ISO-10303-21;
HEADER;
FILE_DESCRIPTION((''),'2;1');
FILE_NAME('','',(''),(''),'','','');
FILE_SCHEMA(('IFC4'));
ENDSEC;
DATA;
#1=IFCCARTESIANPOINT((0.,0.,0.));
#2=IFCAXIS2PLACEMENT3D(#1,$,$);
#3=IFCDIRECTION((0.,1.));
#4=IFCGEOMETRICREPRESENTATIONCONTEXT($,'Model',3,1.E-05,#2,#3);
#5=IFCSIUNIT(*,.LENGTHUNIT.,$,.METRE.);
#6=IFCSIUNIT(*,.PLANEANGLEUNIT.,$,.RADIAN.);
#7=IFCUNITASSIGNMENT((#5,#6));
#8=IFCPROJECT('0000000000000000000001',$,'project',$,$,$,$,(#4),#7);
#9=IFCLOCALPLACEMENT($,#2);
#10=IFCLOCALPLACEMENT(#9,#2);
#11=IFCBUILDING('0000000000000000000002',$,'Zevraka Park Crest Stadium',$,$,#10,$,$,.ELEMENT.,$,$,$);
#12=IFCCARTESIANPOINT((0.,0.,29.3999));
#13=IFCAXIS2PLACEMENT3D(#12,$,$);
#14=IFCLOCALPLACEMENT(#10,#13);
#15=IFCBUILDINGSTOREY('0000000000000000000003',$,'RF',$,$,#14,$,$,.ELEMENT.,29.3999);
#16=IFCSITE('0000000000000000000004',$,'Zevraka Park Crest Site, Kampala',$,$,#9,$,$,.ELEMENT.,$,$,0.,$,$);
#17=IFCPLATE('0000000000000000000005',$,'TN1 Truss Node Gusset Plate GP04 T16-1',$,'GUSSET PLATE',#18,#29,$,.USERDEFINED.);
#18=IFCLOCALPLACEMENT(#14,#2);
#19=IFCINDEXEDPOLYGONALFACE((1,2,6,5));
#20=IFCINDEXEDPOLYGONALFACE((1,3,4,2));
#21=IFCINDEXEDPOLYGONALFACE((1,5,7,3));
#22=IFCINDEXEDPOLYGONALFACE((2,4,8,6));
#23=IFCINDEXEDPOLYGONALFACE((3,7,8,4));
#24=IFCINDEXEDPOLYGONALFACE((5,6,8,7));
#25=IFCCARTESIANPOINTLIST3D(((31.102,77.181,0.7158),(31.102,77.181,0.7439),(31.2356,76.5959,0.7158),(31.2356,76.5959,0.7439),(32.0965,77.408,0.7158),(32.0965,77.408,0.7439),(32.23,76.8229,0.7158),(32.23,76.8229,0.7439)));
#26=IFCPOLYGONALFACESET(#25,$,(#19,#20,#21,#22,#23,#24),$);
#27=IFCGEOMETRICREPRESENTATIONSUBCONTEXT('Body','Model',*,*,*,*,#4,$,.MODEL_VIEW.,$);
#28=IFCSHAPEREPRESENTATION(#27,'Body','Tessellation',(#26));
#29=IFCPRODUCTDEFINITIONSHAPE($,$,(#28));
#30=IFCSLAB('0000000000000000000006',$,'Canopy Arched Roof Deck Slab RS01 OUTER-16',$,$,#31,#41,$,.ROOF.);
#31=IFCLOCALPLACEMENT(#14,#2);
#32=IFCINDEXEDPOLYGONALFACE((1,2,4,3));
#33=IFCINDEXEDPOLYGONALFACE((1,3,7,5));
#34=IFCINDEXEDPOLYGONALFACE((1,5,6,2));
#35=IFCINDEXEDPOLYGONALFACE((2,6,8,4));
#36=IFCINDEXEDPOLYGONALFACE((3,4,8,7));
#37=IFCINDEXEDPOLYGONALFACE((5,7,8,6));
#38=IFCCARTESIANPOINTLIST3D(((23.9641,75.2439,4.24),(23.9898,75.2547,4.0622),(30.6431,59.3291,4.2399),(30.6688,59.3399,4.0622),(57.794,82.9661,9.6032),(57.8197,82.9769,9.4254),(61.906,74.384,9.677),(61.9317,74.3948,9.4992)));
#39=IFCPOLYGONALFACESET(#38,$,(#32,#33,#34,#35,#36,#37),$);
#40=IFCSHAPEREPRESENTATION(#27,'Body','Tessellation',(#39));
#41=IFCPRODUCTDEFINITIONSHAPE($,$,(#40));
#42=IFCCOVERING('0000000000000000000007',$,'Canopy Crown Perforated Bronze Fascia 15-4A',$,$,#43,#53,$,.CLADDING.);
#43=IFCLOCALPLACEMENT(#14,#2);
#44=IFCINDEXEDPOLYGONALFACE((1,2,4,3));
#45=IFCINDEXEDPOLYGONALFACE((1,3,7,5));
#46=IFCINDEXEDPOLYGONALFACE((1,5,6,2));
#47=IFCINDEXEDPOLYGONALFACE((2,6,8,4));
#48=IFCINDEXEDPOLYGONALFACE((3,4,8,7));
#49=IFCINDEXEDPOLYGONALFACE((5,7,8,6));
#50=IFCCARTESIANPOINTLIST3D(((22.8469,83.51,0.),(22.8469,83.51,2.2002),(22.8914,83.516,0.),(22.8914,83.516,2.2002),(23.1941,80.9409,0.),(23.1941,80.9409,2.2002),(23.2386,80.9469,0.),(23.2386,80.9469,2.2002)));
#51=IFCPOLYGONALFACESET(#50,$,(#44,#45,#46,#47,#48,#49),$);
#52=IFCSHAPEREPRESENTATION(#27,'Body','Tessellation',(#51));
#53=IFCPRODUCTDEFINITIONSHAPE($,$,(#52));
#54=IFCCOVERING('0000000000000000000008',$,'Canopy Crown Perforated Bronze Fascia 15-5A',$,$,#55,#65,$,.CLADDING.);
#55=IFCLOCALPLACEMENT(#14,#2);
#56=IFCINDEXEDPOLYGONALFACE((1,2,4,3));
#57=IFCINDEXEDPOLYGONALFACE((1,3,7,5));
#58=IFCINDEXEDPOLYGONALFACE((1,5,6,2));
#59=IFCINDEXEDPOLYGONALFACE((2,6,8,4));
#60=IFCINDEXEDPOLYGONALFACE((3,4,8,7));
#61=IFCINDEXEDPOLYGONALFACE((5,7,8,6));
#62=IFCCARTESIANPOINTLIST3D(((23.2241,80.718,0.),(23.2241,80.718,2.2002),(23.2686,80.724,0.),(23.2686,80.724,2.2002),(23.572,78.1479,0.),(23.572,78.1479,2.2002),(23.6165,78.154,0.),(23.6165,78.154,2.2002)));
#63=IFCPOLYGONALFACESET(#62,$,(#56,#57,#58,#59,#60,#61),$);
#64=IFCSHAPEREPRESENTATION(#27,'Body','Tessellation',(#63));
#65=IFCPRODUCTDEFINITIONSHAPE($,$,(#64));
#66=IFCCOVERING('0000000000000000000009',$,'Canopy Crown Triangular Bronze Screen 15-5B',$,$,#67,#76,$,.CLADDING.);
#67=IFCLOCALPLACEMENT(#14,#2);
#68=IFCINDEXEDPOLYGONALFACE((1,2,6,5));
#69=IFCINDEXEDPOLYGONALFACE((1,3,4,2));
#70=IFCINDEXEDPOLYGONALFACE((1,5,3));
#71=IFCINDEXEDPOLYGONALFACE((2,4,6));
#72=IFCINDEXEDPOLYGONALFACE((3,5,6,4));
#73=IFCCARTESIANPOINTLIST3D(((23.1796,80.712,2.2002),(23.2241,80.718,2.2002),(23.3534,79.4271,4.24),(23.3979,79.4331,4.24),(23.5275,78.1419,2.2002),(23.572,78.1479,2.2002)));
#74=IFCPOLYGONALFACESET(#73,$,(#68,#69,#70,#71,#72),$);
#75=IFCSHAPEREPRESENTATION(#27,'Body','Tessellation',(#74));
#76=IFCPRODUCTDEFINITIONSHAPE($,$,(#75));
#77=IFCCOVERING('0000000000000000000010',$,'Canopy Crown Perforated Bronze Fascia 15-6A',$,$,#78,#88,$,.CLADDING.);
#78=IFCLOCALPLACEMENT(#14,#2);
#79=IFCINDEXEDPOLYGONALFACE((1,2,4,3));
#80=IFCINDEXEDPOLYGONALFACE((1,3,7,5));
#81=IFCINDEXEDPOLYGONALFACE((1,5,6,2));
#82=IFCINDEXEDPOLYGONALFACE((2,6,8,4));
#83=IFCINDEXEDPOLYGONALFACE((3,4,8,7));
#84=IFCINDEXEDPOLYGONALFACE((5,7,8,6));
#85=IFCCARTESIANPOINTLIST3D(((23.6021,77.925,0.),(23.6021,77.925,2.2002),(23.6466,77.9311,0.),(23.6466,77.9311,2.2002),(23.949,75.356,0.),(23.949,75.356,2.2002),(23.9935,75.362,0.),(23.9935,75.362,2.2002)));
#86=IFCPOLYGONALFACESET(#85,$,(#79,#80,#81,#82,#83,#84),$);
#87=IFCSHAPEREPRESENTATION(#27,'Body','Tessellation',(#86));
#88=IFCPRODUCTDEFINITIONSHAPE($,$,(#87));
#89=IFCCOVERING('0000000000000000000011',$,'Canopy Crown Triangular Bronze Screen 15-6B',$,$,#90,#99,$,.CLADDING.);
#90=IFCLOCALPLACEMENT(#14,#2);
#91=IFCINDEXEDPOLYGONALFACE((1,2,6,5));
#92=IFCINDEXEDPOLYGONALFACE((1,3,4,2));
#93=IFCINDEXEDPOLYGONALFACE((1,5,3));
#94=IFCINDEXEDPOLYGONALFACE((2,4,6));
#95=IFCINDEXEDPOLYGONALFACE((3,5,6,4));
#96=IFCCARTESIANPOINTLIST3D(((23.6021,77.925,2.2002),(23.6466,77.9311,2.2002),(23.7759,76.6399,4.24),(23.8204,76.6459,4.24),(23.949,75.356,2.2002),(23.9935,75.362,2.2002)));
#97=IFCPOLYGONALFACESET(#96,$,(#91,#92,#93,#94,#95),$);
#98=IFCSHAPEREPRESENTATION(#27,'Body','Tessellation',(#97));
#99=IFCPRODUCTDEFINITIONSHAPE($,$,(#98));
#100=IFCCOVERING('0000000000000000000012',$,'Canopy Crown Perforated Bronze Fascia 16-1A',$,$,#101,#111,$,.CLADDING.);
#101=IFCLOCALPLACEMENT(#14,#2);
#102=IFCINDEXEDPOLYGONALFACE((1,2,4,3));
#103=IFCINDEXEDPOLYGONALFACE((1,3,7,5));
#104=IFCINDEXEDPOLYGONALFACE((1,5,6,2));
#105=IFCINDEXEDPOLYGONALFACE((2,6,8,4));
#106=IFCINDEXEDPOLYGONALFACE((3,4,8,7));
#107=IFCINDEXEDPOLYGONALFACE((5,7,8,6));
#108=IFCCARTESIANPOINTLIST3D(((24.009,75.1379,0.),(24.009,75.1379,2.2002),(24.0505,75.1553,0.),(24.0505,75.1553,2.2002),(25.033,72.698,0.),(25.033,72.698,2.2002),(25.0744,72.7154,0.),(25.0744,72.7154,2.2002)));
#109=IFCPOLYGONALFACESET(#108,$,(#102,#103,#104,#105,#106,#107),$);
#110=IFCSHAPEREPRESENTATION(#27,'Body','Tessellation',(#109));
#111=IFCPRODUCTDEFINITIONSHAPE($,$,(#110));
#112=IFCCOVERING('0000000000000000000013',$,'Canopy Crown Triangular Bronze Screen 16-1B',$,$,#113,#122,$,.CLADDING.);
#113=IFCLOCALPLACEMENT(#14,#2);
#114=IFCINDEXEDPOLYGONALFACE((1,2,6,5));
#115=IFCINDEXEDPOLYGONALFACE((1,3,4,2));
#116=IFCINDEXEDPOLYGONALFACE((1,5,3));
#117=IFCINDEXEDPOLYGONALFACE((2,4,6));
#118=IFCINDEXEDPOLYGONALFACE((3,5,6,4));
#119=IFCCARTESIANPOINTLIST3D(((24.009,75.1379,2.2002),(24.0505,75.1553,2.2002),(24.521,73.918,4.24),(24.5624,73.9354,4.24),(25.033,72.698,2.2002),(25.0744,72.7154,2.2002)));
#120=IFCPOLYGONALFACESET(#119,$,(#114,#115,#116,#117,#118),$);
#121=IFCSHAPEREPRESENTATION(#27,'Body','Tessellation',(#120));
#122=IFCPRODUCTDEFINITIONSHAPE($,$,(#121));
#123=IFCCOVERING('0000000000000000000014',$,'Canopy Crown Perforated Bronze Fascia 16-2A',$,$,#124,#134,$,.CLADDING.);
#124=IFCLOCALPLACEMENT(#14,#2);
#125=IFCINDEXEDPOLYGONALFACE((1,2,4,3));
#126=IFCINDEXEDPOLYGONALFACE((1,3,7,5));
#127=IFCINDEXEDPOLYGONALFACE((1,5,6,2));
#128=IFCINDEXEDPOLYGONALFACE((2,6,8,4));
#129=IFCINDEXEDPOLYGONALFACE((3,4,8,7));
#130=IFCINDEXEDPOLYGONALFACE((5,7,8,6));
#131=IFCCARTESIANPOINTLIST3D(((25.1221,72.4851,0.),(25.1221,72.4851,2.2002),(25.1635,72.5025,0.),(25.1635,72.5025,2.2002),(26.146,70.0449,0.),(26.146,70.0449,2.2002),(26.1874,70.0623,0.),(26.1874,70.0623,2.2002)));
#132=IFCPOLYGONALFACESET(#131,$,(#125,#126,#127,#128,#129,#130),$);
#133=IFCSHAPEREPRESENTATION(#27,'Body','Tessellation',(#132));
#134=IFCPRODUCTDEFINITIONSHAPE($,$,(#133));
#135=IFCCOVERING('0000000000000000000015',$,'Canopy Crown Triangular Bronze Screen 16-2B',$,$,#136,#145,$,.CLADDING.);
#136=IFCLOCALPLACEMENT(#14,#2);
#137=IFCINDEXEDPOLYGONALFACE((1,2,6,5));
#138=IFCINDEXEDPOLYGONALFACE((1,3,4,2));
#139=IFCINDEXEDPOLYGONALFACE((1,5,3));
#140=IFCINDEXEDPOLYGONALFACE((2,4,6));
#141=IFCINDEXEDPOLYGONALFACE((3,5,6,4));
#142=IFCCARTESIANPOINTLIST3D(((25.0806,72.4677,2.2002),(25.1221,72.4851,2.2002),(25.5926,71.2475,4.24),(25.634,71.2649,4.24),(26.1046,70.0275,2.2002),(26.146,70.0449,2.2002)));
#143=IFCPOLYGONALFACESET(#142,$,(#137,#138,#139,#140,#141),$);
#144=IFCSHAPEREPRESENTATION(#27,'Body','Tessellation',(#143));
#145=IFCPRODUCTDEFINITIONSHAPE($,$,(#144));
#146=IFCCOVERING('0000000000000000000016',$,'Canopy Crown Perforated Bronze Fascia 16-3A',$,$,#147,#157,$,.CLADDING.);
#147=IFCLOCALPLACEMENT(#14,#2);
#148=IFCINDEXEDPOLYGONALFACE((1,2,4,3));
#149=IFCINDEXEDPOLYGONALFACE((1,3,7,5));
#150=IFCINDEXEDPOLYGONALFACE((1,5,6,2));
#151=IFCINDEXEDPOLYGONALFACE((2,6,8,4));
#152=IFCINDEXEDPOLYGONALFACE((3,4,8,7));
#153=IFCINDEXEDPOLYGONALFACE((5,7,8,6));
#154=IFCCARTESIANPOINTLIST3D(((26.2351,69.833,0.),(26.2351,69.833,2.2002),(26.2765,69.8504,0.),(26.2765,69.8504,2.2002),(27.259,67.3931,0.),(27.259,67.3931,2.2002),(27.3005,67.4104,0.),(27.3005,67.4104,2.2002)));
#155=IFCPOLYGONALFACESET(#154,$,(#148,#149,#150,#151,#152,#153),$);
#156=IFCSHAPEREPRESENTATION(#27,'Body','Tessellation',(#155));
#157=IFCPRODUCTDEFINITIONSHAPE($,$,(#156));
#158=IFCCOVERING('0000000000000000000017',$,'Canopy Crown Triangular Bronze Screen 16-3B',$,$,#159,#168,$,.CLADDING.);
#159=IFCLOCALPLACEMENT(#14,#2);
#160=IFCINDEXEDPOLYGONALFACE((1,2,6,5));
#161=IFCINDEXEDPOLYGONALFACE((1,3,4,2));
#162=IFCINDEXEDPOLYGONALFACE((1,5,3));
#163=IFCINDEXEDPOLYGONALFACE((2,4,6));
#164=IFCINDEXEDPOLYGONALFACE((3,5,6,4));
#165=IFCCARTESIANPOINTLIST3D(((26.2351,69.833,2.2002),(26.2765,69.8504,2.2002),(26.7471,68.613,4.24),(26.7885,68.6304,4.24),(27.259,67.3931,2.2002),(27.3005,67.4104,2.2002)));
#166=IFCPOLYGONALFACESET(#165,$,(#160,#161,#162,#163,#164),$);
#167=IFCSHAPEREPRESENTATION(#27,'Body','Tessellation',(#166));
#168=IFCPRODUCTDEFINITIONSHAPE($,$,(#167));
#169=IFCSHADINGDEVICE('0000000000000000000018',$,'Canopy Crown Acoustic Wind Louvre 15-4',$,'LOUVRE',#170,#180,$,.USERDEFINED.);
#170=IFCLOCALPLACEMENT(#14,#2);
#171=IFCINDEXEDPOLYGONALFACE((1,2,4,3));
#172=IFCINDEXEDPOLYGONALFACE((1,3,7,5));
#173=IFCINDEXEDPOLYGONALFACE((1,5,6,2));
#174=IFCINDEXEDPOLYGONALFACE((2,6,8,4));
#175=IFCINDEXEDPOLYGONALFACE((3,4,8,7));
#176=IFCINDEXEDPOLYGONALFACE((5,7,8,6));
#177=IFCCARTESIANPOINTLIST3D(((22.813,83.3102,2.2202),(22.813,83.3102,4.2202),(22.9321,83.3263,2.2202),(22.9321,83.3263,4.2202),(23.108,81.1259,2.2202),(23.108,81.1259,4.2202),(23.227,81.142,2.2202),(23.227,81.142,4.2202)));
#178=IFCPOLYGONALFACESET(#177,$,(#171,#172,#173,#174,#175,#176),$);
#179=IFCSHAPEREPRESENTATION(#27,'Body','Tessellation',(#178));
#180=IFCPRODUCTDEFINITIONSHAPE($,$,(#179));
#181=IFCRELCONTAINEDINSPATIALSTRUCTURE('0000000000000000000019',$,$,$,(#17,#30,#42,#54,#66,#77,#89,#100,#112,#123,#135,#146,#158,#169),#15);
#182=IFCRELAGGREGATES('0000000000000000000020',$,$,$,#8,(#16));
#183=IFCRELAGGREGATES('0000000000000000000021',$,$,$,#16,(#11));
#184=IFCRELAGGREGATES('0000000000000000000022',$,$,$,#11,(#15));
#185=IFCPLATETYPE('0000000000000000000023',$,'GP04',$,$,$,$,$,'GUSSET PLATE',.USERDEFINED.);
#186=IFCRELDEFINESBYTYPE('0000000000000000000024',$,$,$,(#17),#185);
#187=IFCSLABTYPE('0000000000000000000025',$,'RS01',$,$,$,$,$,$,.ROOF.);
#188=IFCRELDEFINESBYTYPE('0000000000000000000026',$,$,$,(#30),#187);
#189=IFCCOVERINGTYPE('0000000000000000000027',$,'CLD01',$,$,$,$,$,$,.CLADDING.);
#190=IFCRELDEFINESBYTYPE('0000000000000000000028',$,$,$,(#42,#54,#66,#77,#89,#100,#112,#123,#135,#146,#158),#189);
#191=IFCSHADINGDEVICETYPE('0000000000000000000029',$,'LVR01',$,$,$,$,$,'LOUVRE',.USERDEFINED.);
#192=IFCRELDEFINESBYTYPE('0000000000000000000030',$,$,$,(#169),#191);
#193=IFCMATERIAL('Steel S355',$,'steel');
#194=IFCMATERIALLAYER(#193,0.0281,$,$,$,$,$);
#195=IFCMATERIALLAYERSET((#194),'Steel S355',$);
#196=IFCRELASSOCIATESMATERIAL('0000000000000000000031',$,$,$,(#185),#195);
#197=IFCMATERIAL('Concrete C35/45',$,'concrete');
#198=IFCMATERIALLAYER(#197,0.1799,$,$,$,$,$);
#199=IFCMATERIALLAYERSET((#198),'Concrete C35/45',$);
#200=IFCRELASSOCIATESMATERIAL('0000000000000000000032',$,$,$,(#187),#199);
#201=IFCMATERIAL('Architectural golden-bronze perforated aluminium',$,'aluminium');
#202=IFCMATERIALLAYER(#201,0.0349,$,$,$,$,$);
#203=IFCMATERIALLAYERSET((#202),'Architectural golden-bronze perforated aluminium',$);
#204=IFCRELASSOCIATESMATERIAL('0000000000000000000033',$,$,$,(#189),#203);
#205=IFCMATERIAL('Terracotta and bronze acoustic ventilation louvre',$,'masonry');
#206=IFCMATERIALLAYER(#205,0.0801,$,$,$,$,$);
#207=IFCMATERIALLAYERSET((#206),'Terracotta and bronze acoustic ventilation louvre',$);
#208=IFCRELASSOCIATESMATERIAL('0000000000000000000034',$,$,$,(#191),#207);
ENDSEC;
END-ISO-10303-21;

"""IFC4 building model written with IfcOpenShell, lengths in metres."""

from ifc_helpers import new_model, si_unit, direction, frame, origin, origin_2d, place, context, subcontext, project, spatial, polyline, rectangle, outline, extrude, material, layer, layer_set, type_object, element, save


model = new_model("IFC4")

# Units and contexts
model_context = context("Model", 3, precision=1e-05, world=origin(), true_north=direction((0.0, 1.0)))
body_context = subcontext(model_context, "Body", "Model", "MODEL_VIEW")
ifc_project = project(units=[si_unit("LENGTHUNIT", "METRE"), si_unit("PLANEANGLEUNIT", "RADIAN")], contexts=[model_context])

# Site, building, storey
site_placement = place(None, origin())
site = spatial("IfcSite", under=ifc_project, at=site_placement, Name="Zevraka Park Crest Site, Kampala", CompositionType="ELEMENT", RefElevation=0.0)
building_placement = place(site_placement, origin())
building = spatial("IfcBuilding", under=site, at=building_placement, Name="Zevraka Park Crest Stadium", CompositionType="ELEMENT")
storey_placement = place(building_placement, frame((0.0, 0.0, 29.3999)))
storey = spatial("IfcBuildingStorey", under=building, at=storey_placement, Name="RF", CompositionType="ELEMENT", Elevation=29.3999)

# Plate
ifc_material_1 = material(Name="Steel S355", Category="steel")
ifc_layer_1 = layer(ifc_material_1, 0.0281)
ifc_layer_set_1 = layer_set([ifc_layer_1], Name="Steel S355")
plate_type_1 = type_object("IfcPlateType", Name="GP04", ElementType="GUSSET PLATE", PredefinedType="USERDEFINED", material=ifc_layer_set_1)
plate_1_placement = place(storey_placement, frame((31.666, 77.002, 0.7158), z_axis=(0.0, 0.0, 1.0), x_axis=(0.974917, 0.22257, 0.0)))
element("IfcPlate", 1, at=plate_1_placement, inside=storey, type_object=plate_type_1, Name="TN1 Truss Node Gusset Plate GP04 T16-1", ObjectType="GUSSET PLATE", PredefinedType="USERDEFINED", context=body_context, shape_type="SweptSolid", body=[
    extrude(rectangle(XDim=1.02, YDim=0.6001, at=origin_2d()), origin(), (0.0, 0.0, 1.0), 0.0281),
])

# Slab
ifc_material_2 = material(Name="Concrete C35/45", Category="concrete")
ifc_layer_2 = layer(ifc_material_2, 0.1799)
ifc_layer_set_2 = layer_set([ifc_layer_2], Name="Concrete C35/45")
slab_type = type_object("IfcSlabType", Name="RS01", PredefinedType="ROOF", material=ifc_layer_set_2)
slab_placement = place(storey_placement, frame((23.9641, 75.2439, 4.24), z_axis=(-0.142926, -0.059986, 0.987914), x_axis=(0.386974, -0.922091, -0.000004)))
element("IfcSlab", 2, at=slab_placement, inside=storey, type_object=slab_type, Name="Canopy Arched Roof Deck Slab RS01 OUTER-16", PredefinedType="ROOF", context=body_context, shape_type="SweptSolid", body=[
    extrude(outline(polyline([(0.0, 0.0), (17.2595, 0.0), (15.4754, 35.0771), (5.9707, 34.6007), (0.0, 0.0)])), origin(), (0.0, 0.0, -1.0), 0.1799),
])

# Coverings
ifc_material_3 = material(Name="Architectural golden-bronze perforated aluminium", Category="aluminium")
ifc_layer_3 = layer(ifc_material_3, 0.0349)
ifc_layer_set_3 = layer_set([ifc_layer_3], Name="Architectural golden-bronze perforated aluminium")
covering_type_1 = type_object("IfcCoveringType", Name="CLD01", PredefinedType="CLADDING", material=ifc_layer_set_3)
covering_1_placement = place(storey_placement, frame((22.8469, 83.51, 0.0), z_axis=(-0.990993, -0.133915, 0.0), x_axis=(0.133915, -0.990993, 0.0)))
element("IfcCovering", 3, at=covering_1_placement, inside=storey, type_object=covering_type_1, Name="Canopy Crown Perforated Bronze Fascia 15-4A", PredefinedType="CLADDING", context=body_context, shape_type="SweptSolid", body=[
    extrude(outline(polyline([(0.0, 0.0), (2.5924, 0.0), (2.5924, 2.2002), (0.0, 2.2002), (0.0, 0.0)])), origin(), (0.0, 0.0, -1.0), 0.0449),
])
covering_2_placement = place(storey_placement, frame((23.2241, 80.718, 0.0), z_axis=(-0.990962, -0.134143, 0.0), x_axis=(0.134143, -0.990962, 0.0)))
element("IfcCovering", 4, at=covering_2_placement, inside=storey, type_object=covering_type_1, Name="Canopy Crown Perforated Bronze Fascia 15-5A", PredefinedType="CLADDING", context=body_context, shape_type="SweptSolid", body=[
    extrude(outline(polyline([(0.0, 0.0), (2.5935, 0.0), (2.5935, 2.2002), (0.0, 2.2002), (0.0, 0.0)])), origin(), (0.0, 0.0, -1.0), 0.0449),
])
covering_3_placement = place(storey_placement, frame((23.2241, 80.718, 2.2002), z_axis=(0.990962, 0.134143, 0.000051), x_axis=(0.134143, -0.990962, 0.0)))
element("IfcCovering", 5, at=covering_3_placement, inside=storey, type_object=covering_type_1, Name="Canopy Crown Triangular Bronze Screen 15-5B", PredefinedType="CLADDING", context=body_context, shape_type="SweptSolid", body=[
    extrude(outline(polyline([(0.0, 0.0), (2.5935, 0.0), (1.2966, -2.0398), (0.0, 0.0)])), origin(), (0.0, 0.0, -1.0), 0.0449),
])
covering_4_placement = place(storey_placement, frame((23.6021, 77.925, 0.0), z_axis=(-0.991005, -0.133823, 0.0), x_axis=(0.133823, -0.991005, 0.0)))
element("IfcCovering", 6, at=covering_4_placement, inside=storey, type_object=covering_type_1, Name="Canopy Crown Perforated Bronze Fascia 15-6A", PredefinedType="CLADDING", context=body_context, shape_type="SweptSolid", body=[
    extrude(outline(polyline([(0.0, 0.0), (2.5924, 0.0), (2.5924, 2.2002), (0.0, 2.2002), (0.0, 0.0)])), origin(), (0.0, 0.0, -1.0), 0.0449),
])
covering_5_placement = place(storey_placement, frame((23.6021, 77.925, 2.2002), z_axis=(-0.991005, -0.133823, 0.000138), x_axis=(0.133823, -0.991005, 0.0)))
element("IfcCovering", 7, at=covering_5_placement, inside=storey, type_object=covering_type_1, Name="Canopy Crown Triangular Bronze Screen 15-6B", PredefinedType="CLADDING", context=body_context, shape_type="SweptSolid", body=[
    extrude(outline(polyline([(0.0, 0.0), (2.5924, 0.0), (1.2969, 2.0398), (0.0, 0.0)])), origin(), (0.0, 0.0, -1.0), 0.0449),
])
covering_6_placement = place(storey_placement, frame((24.009, 75.1379, 0.0), z_axis=(-0.922097, -0.38696, 0.0), x_axis=(0.38696, -0.922097, 0.0)))
element("IfcCovering", 8, at=covering_6_placement, inside=storey, type_object=covering_type_1, Name="Canopy Crown Perforated Bronze Fascia 16-1A", PredefinedType="CLADDING", context=body_context, shape_type="SweptSolid", body=[
    extrude(outline(polyline([(0.0, 0.0), (2.6461, 0.0), (2.6461, 2.2002), (0.0, 2.2002), (0.0, 0.0)])), origin(), (0.0, 0.0, -1.0), 0.0449),
])
covering_7_placement = place(storey_placement, frame((24.009, 75.1379, 2.2002), z_axis=(-0.922097, -0.38696, 0.0), x_axis=(0.38696, -0.922097, 0.0)))
element("IfcCovering", 9, at=covering_7_placement, inside=storey, type_object=covering_type_1, Name="Canopy Crown Triangular Bronze Screen 16-1B", PredefinedType="CLADDING", context=body_context, shape_type="SweptSolid", body=[
    extrude(outline(polyline([(0.0, 0.0), (2.6461, 0.0), (1.323, 2.0398), (0.0, 0.0)])), origin(), (0.0, 0.0, -1.0), 0.0449),
])
covering_8_placement = place(storey_placement, frame((25.1221, 72.4851, 0.0), z_axis=(-0.922111, -0.386927, 0.0), x_axis=(0.386927, -0.922111, 0.0)))
element("IfcCovering", 10, at=covering_8_placement, inside=storey, type_object=covering_type_1, Name="Canopy Crown Perforated Bronze Fascia 16-2A", PredefinedType="CLADDING", context=body_context, shape_type="SweptSolid", body=[
    extrude(outline(polyline([(0.0, 0.0), (2.6463, 0.0), (2.6463, 2.2002), (0.0, 2.2002), (0.0, 0.0)])), origin(), (0.0, 0.0, -1.0), 0.0449),
])
covering_9_placement = place(storey_placement, frame((25.1221, 72.4851, 2.2002), z_axis=(0.922111, 0.386927, 0.000023), x_axis=(0.386927, -0.922111, 0.0)))
element("IfcCovering", 11, at=covering_9_placement, inside=storey, type_object=covering_type_1, Name="Canopy Crown Triangular Bronze Screen 16-2B", PredefinedType="CLADDING", context=body_context, shape_type="SweptSolid", body=[
    extrude(outline(polyline([(0.0, 0.0), (2.6463, 0.0), (1.3233, -2.0398), (0.0, 0.0)])), origin(), (0.0, 0.0, -1.0), 0.0449),
])
covering_10_placement = place(storey_placement, frame((26.2351, 69.833, 0.0), z_axis=(-0.922097, -0.38696, 0.0), x_axis=(0.38696, -0.922097, 0.0)))
element("IfcCovering", 12, at=covering_10_placement, inside=storey, type_object=covering_type_1, Name="Canopy Crown Perforated Bronze Fascia 16-3A", PredefinedType="CLADDING", context=body_context, shape_type="SweptSolid", body=[
    extrude(outline(polyline([(0.0, 0.0), (2.6461, 0.0), (2.6461, 2.2002), (0.0, 2.2002), (0.0, 0.0)])), origin(), (0.0, 0.0, -1.0), 0.0449),
])
covering_11_placement = place(storey_placement, frame((26.2351, 69.833, 2.2002), z_axis=(-0.922097, -0.38696, 0.0), x_axis=(0.38696, -0.922097, 0.0)))
element("IfcCovering", 13, at=covering_11_placement, inside=storey, type_object=covering_type_1, Name="Canopy Crown Triangular Bronze Screen 16-3B", PredefinedType="CLADDING", context=body_context, shape_type="SweptSolid", body=[
    extrude(outline(polyline([(0.0, 0.0), (2.6461, 0.0), (1.323, 2.0398), (0.0, 0.0)])), origin(), (0.0, 0.0, -1.0), 0.0449),
])

# Shading device
ifc_material_4 = material(Name="Terracotta and bronze acoustic ventilation louvre", Category="masonry")
ifc_layer_4 = layer(ifc_material_4, 0.0801)
ifc_layer_set_4 = layer_set([ifc_layer_4], Name="Terracotta and bronze acoustic ventilation louvre")
shading_device_type = type_object("IfcShadingDeviceType", Name="LVR01", ElementType="LOUVRE", PredefinedType="USERDEFINED", material=ifc_layer_set_4)
for number, where, z_axis, x_axis, name in (
    (14, (23.02, 82.2261, 2.2202), (0.0, 0.0, 1.0), (0.133813, -0.991007, 0.0), "Canopy Crown Acoustic Wind Louvre 15-4"),
):
    element("IfcShadingDevice", number, at=place(storey_placement, frame(where, z_axis=z_axis, x_axis=x_axis)), inside=storey, type_object=shading_device_type, Name=name, ObjectType="LOUVRE", PredefinedType="USERDEFINED", context=body_context, shape_type="SweptSolid", body=[
        extrude(rectangle(XDim=2.2041, YDim=0.1201, at=origin_2d()), origin(), (0.0, 0.0, 1.0), 2.0),
    ])

save(model, "model.ifc")
